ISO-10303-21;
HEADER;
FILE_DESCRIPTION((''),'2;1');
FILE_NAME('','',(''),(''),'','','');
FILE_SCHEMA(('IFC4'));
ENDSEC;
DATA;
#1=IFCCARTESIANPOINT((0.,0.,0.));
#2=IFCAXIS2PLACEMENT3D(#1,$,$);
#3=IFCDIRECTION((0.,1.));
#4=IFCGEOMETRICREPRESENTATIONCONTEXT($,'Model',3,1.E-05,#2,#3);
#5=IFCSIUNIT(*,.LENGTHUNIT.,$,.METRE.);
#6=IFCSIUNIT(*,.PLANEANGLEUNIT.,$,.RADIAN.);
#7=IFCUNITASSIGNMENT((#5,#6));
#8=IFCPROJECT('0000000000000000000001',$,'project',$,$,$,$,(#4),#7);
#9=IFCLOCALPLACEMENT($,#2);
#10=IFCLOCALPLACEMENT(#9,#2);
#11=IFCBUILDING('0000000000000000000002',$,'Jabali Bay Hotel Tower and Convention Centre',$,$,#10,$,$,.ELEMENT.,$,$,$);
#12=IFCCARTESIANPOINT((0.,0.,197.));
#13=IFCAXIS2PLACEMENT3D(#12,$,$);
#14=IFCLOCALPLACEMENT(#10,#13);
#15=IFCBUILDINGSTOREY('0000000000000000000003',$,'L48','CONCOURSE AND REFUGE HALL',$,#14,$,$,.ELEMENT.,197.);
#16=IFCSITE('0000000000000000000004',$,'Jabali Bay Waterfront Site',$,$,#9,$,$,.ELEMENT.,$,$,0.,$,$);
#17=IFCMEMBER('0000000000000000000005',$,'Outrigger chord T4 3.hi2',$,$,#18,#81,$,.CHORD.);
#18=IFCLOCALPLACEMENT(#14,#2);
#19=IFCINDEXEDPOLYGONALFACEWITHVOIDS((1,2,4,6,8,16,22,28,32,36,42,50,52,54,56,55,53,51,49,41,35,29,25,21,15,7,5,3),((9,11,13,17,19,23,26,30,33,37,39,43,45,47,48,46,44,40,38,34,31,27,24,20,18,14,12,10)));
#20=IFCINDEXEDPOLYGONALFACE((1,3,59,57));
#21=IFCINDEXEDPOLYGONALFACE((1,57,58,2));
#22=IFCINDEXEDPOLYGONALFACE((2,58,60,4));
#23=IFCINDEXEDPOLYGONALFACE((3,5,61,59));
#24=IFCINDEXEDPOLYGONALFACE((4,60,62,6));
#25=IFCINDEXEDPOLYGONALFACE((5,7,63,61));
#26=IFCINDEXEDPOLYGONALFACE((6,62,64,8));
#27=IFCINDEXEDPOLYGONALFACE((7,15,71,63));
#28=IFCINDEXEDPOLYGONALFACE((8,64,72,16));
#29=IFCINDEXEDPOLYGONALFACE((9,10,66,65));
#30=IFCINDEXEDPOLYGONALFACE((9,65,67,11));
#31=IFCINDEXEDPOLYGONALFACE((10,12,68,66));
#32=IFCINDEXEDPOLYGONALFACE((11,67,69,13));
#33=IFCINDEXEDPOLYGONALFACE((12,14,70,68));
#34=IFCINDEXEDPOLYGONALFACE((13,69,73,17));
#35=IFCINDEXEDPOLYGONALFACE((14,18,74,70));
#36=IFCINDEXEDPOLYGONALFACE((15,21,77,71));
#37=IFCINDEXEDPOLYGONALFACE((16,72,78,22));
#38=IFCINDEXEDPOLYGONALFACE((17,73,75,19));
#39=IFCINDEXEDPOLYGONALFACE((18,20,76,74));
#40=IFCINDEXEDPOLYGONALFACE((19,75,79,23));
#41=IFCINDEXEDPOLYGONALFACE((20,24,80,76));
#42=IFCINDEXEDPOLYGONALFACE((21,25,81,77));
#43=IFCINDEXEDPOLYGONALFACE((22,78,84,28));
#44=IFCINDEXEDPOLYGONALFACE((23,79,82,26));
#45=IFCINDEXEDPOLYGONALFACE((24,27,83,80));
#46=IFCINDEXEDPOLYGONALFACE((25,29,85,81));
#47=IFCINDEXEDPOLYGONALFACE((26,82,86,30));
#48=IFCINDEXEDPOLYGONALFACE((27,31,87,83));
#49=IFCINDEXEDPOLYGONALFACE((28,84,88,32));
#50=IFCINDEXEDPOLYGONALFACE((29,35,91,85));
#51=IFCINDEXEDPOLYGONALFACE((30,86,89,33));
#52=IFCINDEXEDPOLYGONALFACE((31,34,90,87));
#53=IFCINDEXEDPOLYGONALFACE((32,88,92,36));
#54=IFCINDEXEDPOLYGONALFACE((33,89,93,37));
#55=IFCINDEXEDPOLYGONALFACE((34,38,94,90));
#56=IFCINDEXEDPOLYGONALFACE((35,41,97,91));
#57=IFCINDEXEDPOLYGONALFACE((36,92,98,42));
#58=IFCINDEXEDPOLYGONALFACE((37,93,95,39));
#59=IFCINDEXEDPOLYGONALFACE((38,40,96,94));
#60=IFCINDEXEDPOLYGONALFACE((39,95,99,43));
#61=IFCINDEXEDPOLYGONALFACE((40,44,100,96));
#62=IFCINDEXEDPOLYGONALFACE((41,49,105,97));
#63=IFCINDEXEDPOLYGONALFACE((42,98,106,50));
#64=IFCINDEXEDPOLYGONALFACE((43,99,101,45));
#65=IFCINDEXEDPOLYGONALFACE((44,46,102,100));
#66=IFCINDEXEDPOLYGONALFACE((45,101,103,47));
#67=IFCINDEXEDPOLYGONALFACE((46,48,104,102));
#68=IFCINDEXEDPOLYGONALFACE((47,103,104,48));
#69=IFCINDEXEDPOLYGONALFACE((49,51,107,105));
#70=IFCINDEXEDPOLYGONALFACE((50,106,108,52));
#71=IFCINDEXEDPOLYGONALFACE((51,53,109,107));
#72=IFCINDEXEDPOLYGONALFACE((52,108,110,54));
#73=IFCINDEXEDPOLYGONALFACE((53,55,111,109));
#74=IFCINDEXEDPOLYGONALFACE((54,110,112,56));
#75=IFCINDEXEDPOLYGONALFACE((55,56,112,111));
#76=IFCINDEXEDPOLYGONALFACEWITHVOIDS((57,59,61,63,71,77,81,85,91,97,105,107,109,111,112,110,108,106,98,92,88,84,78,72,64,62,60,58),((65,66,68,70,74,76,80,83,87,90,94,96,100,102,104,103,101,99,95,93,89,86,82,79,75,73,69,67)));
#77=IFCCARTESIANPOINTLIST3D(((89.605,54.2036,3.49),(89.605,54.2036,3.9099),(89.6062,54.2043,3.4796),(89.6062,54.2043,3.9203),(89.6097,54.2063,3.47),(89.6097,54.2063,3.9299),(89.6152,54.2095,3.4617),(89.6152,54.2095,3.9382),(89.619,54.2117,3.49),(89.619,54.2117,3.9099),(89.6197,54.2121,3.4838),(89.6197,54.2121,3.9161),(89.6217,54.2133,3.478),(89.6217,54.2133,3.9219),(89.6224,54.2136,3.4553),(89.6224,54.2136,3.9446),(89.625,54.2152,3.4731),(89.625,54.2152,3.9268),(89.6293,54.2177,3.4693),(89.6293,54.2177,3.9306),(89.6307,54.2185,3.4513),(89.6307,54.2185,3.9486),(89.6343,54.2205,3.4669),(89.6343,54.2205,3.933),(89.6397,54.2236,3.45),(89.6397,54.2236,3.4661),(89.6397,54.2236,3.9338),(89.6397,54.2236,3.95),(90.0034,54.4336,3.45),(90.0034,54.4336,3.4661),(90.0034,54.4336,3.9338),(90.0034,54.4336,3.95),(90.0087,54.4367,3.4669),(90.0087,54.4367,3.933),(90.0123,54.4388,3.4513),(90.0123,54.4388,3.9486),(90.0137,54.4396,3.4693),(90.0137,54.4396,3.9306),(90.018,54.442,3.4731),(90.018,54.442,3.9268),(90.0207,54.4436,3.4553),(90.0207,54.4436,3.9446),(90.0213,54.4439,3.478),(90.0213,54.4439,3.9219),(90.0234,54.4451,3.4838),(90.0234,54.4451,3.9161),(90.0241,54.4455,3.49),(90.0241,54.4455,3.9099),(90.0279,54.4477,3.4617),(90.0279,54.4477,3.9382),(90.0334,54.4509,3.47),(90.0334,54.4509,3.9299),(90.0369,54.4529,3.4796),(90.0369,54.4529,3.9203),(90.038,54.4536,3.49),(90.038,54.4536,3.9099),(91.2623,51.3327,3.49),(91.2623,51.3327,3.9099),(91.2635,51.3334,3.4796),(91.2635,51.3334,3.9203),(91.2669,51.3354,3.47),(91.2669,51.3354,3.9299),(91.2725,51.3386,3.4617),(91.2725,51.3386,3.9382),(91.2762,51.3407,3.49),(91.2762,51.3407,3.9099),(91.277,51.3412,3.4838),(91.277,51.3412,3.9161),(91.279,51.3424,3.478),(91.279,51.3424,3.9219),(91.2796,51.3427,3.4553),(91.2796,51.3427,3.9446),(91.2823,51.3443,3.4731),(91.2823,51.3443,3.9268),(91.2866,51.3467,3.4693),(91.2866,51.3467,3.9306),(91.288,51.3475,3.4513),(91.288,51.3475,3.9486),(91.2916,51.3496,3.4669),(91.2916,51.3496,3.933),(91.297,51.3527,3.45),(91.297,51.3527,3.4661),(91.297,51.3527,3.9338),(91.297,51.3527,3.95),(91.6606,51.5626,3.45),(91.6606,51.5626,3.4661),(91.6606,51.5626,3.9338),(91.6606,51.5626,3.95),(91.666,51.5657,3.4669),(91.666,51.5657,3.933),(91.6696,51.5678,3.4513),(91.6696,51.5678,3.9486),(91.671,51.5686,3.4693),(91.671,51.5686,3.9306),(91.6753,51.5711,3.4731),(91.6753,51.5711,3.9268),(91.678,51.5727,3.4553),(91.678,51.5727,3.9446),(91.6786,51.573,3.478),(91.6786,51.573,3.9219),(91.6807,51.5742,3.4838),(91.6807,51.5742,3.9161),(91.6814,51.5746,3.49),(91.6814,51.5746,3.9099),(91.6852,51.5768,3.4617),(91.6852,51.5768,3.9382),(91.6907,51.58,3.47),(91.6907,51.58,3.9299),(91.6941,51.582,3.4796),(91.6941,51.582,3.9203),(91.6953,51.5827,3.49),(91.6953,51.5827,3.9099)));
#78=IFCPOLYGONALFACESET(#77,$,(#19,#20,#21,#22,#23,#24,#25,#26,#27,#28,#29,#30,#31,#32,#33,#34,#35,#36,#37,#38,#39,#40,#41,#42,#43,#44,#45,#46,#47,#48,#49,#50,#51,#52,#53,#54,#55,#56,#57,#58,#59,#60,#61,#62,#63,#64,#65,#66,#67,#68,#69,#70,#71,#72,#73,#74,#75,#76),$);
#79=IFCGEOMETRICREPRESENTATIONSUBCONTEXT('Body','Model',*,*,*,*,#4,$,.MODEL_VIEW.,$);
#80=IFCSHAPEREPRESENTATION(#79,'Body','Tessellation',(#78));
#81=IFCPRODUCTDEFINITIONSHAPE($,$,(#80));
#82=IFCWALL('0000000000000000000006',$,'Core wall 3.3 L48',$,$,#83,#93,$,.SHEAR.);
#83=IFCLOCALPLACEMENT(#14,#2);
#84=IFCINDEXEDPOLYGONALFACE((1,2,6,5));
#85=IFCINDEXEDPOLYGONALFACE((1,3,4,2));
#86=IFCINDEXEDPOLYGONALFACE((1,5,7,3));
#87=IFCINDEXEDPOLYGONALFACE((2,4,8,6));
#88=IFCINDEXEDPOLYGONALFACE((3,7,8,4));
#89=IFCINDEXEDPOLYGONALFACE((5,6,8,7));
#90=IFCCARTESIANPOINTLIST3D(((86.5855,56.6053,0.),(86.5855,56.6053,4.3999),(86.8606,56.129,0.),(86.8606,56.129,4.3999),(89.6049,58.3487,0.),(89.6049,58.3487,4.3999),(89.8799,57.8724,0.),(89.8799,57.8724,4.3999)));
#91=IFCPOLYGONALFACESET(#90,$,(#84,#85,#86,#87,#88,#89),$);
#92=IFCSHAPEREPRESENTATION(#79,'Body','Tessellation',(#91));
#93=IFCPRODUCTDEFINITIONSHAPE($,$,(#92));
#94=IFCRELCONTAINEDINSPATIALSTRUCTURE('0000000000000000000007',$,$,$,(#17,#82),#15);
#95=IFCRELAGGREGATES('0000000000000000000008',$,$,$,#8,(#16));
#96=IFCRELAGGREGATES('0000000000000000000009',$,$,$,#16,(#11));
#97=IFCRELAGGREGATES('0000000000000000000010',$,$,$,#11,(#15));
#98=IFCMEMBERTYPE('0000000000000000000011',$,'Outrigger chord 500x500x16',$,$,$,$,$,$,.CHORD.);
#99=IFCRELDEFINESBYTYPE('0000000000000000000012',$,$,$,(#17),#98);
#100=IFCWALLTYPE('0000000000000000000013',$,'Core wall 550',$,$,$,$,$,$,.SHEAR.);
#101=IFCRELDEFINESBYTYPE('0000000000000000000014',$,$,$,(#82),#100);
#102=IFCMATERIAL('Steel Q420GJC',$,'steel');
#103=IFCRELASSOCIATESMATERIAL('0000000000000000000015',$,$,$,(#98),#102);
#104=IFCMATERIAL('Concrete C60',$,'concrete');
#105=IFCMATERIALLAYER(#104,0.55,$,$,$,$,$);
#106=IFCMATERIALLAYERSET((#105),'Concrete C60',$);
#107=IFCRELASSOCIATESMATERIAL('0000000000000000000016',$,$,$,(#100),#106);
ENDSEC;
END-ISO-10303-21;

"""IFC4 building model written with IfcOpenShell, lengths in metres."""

from ifc_helpers import new_model, si_unit, direction, frame, frame_2d, origin, origin_2d, place, context, subcontext, project, spatial, rectangle, hollow_rectangle, extrude, material, layer, layer_set, material_profile, profile_set, type_object, element, save


model = new_model("IFC4")

# Units and contexts
model_context = context("Model", 3, precision=1e-05, world=origin(), true_north=direction((0.0, 1.0)))
body_context = subcontext(model_context, "Body", "Model", "MODEL_VIEW")
ifc_project = project(units=[si_unit("LENGTHUNIT", "METRE"), si_unit("PLANEANGLEUNIT", "RADIAN")], contexts=[model_context])

# Site, building, storey
site_placement = place(None, origin())
site = spatial("IfcSite", under=ifc_project, at=site_placement, Name="Jabali Bay Waterfront Site", CompositionType="ELEMENT", RefElevation=0.0)
building_placement = place(site_placement, origin())
building = spatial("IfcBuilding", under=site, at=building_placement, Name="Jabali Bay Hotel Tower and Convention Centre", CompositionType="ELEMENT")
storey_placement = place(building_placement, frame((0.0, 0.0, 197.0)))
storey = spatial("IfcBuildingStorey", under=building, at=storey_placement, Name="L48", Description="CONCOURSE AND REFUGE HALL", CompositionType="ELEMENT", Elevation=197.0)

# Shared definitions
ifc_material_1 = material(Name="Concrete C60", Category="concrete")

# Member
ifc_material_2 = material(Name="Steel Q420GJC", Category="steel")
ifc_material_profile_1 = material_profile(ifc_material_2, hollow_rectangle(XDim=0.5, YDim=0.5, WallThickness=0.0161, InnerFilletRadius=0.0239, OuterFilletRadius=0.04, at=origin_2d()), Name="Outrigger chord 500x500x16")
ifc_profile_set_1 = profile_set([ifc_material_profile_1], Name="Steel Q420GJC")
member_type_1 = type_object("IfcMemberType", Name="Outrigger chord 500x500x16", PredefinedType="CHORD", material=ifc_profile_set_1)
member_1_placement = place(storey_placement, frame((89.8215, 54.3286, 3.7), z_axis=(0.499941, -0.866059, 0.0), x_axis=(0.866059, 0.499941, 0.0)))
element("IfcMember", 1, at=member_1_placement, inside=storey, type_object=member_type_1, Name="Outrigger chord T4 3.hi2", PredefinedType="CHORD", context=body_context, shape_type="SweptSolid", body=[
    extrude(hollow_rectangle(XDim=0.5, YDim=0.5, WallThickness=0.0161, InnerFilletRadius=0.0239, OuterFilletRadius=0.04, at=origin_2d()), origin(), (0.0, 0.0, 1.0), 3.3149),
])

# Wall
ifc_layer_1 = layer(ifc_material_1, 0.55)
ifc_layer_set_1 = layer_set([ifc_layer_1], Name="Concrete C60")
wall_type_1 = type_object("IfcWallType", Name="Core wall 550", PredefinedType="SHEAR", material=ifc_layer_set_1)
wall_1_placement = place(storey_placement, frame((86.7231, 56.3672, 0.0), z_axis=(0.0, 0.0, 1.0), x_axis=(0.865998, 0.500048, 0.0)))
element("IfcWall", 2, at=wall_1_placement, inside=storey, type_object=wall_type_1, Name="Core wall 3.3 L48", PredefinedType="SHEAR", context=body_context, shape_type="SweptSolid", body=[
    extrude(rectangle(XDim=3.4866, YDim=0.55, at=frame_2d((1.7432, 0.0))), origin(), (0.0, 0.0, 1.0), 4.3999),
])

save(model, "model.ifc")
